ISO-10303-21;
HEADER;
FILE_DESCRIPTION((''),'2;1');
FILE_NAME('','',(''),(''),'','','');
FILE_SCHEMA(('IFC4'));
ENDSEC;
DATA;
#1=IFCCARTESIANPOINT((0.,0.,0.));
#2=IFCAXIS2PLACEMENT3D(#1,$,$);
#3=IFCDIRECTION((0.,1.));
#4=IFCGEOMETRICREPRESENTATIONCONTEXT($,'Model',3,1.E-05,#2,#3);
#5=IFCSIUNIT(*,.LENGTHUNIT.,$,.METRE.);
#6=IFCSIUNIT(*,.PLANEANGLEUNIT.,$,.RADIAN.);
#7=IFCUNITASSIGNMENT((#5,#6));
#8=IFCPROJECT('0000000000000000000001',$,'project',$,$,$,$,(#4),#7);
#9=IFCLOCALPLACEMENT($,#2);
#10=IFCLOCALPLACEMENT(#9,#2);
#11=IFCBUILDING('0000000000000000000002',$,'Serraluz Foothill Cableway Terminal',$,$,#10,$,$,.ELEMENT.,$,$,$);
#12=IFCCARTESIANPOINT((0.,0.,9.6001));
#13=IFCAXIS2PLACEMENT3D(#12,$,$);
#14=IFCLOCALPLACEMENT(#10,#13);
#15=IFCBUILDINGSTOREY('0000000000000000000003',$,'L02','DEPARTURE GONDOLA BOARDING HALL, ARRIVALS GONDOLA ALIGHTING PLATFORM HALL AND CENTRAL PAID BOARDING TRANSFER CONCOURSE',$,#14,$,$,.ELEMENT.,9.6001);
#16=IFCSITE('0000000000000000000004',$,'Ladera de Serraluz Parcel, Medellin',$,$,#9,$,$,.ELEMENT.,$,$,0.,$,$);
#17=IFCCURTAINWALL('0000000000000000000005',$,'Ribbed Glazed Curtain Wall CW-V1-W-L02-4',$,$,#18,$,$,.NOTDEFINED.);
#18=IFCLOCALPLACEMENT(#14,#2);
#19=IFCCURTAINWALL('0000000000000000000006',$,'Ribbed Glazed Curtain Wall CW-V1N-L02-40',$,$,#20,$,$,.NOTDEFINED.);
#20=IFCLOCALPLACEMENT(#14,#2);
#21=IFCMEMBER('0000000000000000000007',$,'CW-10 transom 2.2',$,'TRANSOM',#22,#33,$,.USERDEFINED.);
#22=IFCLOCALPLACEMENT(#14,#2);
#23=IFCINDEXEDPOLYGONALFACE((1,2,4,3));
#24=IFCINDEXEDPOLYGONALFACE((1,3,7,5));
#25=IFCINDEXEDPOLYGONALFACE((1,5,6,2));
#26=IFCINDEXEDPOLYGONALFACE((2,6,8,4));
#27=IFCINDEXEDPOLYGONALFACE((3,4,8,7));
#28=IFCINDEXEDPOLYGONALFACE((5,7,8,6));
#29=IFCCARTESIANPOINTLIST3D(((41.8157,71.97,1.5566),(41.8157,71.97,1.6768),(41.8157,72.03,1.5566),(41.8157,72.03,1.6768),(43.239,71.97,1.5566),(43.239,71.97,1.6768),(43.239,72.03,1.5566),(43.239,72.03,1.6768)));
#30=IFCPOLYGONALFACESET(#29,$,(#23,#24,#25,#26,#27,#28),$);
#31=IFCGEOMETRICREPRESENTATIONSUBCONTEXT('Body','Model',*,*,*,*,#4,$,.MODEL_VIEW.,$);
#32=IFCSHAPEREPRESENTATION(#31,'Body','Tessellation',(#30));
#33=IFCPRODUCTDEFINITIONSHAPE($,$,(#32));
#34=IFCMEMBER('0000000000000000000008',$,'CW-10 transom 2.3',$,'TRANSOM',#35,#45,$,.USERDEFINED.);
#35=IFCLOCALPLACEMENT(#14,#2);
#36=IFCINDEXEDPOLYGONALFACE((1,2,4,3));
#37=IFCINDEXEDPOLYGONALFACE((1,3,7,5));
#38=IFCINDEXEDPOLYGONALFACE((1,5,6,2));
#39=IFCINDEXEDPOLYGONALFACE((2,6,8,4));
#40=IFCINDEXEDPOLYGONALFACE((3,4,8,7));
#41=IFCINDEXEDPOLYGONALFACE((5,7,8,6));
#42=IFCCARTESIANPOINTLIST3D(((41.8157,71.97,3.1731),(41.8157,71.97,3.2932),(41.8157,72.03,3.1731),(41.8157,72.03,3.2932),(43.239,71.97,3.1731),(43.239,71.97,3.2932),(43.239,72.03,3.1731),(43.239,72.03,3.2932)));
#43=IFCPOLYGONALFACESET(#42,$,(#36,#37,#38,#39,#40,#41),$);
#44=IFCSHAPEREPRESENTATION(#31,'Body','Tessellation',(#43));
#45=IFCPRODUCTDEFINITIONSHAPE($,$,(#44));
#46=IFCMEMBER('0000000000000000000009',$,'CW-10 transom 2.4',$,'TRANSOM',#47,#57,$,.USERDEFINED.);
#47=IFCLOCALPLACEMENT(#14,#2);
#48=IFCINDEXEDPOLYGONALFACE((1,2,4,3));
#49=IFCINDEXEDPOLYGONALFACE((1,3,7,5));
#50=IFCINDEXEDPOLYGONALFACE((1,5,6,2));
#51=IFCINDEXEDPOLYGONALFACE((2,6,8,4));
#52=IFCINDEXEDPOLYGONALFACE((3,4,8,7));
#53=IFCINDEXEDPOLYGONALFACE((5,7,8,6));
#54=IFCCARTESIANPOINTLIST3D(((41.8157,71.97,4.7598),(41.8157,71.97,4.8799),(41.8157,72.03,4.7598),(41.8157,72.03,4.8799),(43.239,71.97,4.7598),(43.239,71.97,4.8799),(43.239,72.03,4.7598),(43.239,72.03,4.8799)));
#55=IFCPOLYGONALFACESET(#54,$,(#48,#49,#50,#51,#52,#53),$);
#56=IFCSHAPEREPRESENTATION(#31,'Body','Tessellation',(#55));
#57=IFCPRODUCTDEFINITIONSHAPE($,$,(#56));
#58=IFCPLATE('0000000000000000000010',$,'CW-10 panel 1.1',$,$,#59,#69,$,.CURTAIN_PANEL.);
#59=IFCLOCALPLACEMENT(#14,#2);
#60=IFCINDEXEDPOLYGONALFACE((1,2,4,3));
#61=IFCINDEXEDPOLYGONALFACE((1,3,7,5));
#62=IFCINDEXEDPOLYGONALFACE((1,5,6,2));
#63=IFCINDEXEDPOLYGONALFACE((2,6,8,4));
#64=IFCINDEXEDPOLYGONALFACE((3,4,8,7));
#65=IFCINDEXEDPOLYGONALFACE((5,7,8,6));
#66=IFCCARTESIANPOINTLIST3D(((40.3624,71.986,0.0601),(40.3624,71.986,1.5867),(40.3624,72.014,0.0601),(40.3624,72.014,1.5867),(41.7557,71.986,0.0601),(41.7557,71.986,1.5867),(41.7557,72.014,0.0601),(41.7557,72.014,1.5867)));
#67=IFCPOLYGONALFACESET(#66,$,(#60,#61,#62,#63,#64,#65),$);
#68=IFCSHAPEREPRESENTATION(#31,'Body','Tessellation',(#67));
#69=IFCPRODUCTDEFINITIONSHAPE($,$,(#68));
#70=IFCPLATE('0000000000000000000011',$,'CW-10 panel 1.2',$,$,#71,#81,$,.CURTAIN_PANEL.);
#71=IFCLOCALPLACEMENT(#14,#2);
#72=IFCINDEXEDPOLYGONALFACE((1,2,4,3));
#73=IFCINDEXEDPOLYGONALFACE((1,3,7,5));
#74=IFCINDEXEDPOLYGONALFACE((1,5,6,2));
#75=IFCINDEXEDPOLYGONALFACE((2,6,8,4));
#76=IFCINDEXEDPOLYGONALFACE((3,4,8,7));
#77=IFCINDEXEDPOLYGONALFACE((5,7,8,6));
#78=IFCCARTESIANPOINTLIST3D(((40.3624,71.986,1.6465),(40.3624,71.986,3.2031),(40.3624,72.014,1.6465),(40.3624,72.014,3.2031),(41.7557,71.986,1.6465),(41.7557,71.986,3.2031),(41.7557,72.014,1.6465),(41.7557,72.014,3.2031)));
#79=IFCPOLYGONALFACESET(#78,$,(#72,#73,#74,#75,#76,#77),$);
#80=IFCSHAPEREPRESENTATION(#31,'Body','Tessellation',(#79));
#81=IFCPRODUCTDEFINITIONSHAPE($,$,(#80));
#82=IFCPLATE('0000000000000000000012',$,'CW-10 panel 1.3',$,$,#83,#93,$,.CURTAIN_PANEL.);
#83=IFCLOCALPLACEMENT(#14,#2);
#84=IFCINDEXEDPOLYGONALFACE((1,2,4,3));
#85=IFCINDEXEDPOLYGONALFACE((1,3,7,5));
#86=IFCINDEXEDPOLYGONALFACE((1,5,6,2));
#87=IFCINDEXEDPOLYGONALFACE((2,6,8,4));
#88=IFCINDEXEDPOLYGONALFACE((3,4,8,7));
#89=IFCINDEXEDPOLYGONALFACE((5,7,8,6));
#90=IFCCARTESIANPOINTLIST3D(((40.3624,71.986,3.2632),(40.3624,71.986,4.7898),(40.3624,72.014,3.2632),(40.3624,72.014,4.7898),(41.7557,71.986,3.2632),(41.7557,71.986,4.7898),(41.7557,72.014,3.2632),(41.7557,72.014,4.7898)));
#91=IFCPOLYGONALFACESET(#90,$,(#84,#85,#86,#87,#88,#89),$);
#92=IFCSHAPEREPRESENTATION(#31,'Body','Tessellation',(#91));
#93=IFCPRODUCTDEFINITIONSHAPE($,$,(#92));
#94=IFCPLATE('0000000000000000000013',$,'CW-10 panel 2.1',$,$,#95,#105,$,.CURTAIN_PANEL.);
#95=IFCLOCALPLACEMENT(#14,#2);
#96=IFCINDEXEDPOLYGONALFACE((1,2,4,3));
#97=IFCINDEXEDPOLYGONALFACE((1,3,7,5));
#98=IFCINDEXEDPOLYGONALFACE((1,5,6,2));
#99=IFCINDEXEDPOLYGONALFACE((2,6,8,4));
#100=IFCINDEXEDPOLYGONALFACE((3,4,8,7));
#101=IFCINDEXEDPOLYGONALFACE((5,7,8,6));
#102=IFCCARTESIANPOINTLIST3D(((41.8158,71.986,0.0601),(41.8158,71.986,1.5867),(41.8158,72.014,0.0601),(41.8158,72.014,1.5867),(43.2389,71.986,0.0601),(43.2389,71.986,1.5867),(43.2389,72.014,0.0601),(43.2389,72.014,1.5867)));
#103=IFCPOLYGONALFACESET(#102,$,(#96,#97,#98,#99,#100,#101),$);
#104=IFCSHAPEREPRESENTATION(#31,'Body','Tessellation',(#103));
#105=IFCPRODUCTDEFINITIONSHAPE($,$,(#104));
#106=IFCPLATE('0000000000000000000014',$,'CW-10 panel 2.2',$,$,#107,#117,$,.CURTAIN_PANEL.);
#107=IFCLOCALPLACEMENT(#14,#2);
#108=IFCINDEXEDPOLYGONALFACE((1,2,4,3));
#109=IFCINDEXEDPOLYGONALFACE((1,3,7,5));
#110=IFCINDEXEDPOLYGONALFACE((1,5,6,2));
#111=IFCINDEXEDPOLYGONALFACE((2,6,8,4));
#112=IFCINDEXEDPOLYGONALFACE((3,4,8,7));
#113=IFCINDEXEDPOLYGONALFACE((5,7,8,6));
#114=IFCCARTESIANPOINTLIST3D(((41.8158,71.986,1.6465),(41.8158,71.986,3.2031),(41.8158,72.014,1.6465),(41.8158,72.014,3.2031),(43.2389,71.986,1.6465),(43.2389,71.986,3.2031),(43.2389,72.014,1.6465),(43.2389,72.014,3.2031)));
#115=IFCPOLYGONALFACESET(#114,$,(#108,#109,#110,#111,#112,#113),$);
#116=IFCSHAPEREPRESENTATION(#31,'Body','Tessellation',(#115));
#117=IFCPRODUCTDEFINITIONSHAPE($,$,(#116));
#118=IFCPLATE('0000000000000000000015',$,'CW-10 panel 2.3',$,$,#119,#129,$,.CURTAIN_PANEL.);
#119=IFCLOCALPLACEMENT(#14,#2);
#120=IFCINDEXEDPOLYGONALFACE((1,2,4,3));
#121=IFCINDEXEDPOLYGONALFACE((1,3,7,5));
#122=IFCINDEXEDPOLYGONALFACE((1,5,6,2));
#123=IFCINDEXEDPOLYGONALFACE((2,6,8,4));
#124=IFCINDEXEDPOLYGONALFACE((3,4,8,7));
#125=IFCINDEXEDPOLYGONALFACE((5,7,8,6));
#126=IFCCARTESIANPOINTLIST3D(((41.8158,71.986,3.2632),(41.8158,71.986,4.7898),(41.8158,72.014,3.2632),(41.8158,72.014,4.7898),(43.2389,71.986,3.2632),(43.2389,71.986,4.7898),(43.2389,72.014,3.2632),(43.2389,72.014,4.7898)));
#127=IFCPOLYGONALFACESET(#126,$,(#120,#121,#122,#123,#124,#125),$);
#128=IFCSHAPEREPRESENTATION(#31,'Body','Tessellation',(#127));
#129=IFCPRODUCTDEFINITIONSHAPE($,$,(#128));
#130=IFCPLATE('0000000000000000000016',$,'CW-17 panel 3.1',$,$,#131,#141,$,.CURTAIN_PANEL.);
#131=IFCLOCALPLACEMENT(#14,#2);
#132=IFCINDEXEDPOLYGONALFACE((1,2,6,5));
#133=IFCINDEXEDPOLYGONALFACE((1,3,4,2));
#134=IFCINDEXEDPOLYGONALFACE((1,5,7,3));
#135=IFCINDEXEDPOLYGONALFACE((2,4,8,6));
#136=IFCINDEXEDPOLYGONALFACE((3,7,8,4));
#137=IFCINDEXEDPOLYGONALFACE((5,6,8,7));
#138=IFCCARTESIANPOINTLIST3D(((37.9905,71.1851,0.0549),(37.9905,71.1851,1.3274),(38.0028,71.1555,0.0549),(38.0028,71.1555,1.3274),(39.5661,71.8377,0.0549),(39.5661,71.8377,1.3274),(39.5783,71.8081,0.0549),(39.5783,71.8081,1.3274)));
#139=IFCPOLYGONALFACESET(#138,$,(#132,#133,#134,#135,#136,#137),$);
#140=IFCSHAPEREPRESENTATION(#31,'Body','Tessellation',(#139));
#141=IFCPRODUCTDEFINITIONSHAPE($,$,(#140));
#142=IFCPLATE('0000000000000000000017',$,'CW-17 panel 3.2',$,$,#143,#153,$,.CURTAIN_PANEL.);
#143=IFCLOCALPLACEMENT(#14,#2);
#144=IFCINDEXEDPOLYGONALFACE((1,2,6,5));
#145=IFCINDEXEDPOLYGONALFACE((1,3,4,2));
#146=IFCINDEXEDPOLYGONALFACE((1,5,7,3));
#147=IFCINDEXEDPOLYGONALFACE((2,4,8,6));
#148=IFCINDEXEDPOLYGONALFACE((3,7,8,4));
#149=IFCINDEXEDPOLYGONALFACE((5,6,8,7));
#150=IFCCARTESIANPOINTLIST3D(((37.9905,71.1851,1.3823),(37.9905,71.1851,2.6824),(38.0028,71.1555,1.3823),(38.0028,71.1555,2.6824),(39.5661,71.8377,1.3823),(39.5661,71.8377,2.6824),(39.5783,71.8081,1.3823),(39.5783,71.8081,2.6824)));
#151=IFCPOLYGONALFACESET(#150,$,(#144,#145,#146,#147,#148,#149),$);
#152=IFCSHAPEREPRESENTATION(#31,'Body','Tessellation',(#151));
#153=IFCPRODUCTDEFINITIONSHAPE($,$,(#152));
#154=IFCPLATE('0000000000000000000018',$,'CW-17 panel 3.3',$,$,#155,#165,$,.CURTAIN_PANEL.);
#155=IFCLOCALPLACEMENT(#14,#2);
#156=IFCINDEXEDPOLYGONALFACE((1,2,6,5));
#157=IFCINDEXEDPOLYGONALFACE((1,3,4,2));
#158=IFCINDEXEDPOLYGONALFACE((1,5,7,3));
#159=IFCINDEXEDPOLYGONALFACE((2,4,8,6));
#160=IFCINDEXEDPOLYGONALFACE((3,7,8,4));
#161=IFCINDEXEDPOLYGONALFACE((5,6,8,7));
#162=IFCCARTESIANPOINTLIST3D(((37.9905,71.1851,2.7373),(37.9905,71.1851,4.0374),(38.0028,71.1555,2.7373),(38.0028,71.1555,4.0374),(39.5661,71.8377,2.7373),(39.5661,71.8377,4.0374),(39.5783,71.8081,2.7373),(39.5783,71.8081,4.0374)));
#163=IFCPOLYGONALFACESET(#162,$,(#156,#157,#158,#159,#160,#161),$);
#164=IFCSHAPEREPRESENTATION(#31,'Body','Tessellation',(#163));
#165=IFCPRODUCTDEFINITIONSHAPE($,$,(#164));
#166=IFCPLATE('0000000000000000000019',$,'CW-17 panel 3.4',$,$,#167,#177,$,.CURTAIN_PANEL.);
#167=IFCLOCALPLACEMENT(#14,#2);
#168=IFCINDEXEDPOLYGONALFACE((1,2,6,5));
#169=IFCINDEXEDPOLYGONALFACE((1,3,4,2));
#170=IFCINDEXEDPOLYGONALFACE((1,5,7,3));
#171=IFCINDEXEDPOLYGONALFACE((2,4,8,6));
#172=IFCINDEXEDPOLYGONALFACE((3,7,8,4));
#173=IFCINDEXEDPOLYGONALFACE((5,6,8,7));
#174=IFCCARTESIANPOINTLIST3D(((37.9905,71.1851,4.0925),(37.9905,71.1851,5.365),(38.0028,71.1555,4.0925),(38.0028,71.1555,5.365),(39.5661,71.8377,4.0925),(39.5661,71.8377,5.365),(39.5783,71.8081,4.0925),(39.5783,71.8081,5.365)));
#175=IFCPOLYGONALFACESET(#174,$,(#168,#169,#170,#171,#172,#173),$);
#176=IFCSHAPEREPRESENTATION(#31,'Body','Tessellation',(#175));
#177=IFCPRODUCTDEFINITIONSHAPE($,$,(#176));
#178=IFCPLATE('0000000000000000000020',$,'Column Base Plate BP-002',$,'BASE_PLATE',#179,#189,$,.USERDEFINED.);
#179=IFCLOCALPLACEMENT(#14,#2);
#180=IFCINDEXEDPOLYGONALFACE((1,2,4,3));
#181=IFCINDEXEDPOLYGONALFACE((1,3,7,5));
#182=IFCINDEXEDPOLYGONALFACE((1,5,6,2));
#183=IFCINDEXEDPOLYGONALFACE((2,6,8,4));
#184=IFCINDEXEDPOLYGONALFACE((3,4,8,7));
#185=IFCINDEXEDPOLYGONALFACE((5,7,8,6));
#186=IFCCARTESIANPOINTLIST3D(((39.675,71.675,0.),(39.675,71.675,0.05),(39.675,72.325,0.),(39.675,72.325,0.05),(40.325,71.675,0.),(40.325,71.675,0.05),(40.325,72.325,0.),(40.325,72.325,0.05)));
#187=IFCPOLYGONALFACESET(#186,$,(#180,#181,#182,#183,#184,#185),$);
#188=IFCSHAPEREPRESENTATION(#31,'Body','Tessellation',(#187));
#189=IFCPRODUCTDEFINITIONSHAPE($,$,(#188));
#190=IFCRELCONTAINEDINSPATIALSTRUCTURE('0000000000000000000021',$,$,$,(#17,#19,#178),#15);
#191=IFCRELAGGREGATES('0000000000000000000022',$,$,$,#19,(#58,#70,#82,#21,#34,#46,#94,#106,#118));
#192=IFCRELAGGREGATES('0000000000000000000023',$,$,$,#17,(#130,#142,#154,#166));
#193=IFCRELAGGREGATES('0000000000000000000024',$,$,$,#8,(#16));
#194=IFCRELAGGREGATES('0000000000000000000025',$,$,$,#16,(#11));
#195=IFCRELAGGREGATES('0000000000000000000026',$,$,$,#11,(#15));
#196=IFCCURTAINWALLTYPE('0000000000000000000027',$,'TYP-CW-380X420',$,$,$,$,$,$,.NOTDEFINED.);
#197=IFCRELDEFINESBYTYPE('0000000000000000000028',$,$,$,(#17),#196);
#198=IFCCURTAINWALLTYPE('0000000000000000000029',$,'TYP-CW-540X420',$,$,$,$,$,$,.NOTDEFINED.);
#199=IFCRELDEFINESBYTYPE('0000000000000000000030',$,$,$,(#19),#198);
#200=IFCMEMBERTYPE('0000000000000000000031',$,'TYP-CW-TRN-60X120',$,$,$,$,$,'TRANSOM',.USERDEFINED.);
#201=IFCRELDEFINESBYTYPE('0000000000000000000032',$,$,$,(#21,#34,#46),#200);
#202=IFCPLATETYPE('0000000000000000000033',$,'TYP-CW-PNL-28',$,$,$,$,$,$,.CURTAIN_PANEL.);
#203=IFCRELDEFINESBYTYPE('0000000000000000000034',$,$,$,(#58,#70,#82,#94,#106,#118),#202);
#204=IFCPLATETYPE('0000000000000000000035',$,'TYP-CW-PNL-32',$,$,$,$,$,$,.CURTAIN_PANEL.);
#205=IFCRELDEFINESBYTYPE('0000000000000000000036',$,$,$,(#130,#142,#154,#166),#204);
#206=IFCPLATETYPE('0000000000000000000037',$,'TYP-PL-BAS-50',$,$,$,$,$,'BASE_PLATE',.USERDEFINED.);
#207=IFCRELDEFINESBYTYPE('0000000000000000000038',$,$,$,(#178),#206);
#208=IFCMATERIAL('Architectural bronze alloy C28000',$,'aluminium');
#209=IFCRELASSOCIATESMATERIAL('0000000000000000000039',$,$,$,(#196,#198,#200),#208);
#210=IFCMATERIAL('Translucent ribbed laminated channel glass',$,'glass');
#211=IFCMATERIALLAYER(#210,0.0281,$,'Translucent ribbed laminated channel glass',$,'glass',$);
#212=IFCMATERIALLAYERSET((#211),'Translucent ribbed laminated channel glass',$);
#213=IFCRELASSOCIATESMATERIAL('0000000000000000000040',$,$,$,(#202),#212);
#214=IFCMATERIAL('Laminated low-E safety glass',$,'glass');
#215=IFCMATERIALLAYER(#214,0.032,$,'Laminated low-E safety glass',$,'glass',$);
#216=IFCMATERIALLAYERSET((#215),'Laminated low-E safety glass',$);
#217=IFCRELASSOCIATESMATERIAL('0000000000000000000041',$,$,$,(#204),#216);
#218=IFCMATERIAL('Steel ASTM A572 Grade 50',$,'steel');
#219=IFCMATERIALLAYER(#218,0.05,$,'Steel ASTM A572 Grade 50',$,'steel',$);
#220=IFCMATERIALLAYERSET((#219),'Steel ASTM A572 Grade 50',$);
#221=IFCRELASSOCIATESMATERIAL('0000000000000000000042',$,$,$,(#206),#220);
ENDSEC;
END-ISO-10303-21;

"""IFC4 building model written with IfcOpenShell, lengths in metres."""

from ifc_helpers import new_model, si_unit, direction, frame, origin, origin_2d, place, context, subcontext, project, spatial, rectangle, extrude, material, layer, layer_set, material_profile, profile_set, type_object, element, aggregate, save


model = new_model("IFC4")

# Units and contexts
model_context = context("Model", 3, precision=1e-05, world=origin(), true_north=direction((0.0, 1.0)))
body_context = subcontext(model_context, "Body", "Model", "MODEL_VIEW")
ifc_project = project(units=[si_unit("LENGTHUNIT", "METRE"), si_unit("PLANEANGLEUNIT", "RADIAN")], contexts=[model_context])

# Site, building, storey
site_placement = place(None, origin())
site = spatial("IfcSite", under=ifc_project, at=site_placement, Name="Ladera de Serraluz Parcel, Medellin", CompositionType="ELEMENT", RefElevation=0.0)
building_placement = place(site_placement, origin())
building = spatial("IfcBuilding", under=site, at=building_placement, Name="Serraluz Foothill Cableway Terminal", CompositionType="ELEMENT")
storey_placement = place(building_placement, frame((0.0, 0.0, 9.6001)))
storey = spatial("IfcBuildingStorey", under=building, at=storey_placement, Name="L02", Description="DEPARTURE GONDOLA BOARDING HALL, ARRIVALS GONDOLA ALIGHTING PLATFORM HALL AND CENTRAL PAID BOARDING TRANSFER CONCOURSE", CompositionType="ELEMENT", Elevation=9.6001)

# Curtain wall
ifc_material_1 = material(Name="Architectural bronze alloy C28000", Category="aluminium")
curtain_wall_type_1 = type_object("IfcCurtainWallType", Name="TYP-CW-380X420", PredefinedType="NOTDEFINED", material=ifc_material_1)
curtain_wall_1_placement = place(storey_placement, origin())
curtain_wall_1 = element("IfcCurtainWall", 1, at=curtain_wall_1_placement, inside=storey, type_object=curtain_wall_type_1, Name="Ribbed Glazed Curtain Wall CW-V1-W-L02-4", PredefinedType="NOTDEFINED")

# Curtain wall
curtain_wall_type_2 = type_object("IfcCurtainWallType", Name="TYP-CW-540X420", PredefinedType="NOTDEFINED", material=ifc_material_1)
curtain_wall_2_placement = place(storey_placement, origin())
curtain_wall_2 = element("IfcCurtainWall", 2, at=curtain_wall_2_placement, inside=storey, type_object=curtain_wall_type_2, Name="Ribbed Glazed Curtain Wall CW-V1N-L02-40", PredefinedType="NOTDEFINED")

# Members
ifc_material_profile_1 = material_profile(ifc_material_1, rectangle(XDim=0.0601, YDim=0.1201, at=origin_2d()), Name="ALU TRANSOM 60x120")
ifc_profile_set_1 = profile_set([ifc_material_profile_1], Name="Architectural bronze alloy C28000")
member_type_1 = type_object("IfcMemberType", Name="TYP-CW-TRN-60X120", ElementType="TRANSOM", PredefinedType="USERDEFINED", material=ifc_profile_set_1)
member_1_placement = place(storey_placement, frame((41.8157, 72.0, 1.6167), z_axis=(1.0, 0.0, 0.0), x_axis=(0.0, 1.0, 0.0)))
member_1 = element("IfcMember", 3, at=member_1_placement, type_object=member_type_1, Name="CW-10 transom 2.2", ObjectType="TRANSOM", PredefinedType="USERDEFINED", context=body_context, shape_type="SweptSolid", body=[
    extrude(rectangle(XDim=0.0601, YDim=0.1201, at=origin_2d()), origin(), (0.0, 0.0, 1.0), 1.4233),
])
member_2_placement = place(storey_placement, frame((41.8157, 72.0, 3.2332), z_axis=(1.0, 0.0, 0.0), x_axis=(0.0, 1.0, 0.0)))
member_2 = element("IfcMember", 4, at=member_2_placement, type_object=member_type_1, Name="CW-10 transom 2.3", ObjectType="TRANSOM", PredefinedType="USERDEFINED", context=body_context, shape_type="SweptSolid", body=[
    extrude(rectangle(XDim=0.0601, YDim=0.1201, at=origin_2d()), origin(), (0.0, 0.0, 1.0), 1.4233),
])
member_3_placement = place(storey_placement, frame((41.8157, 72.0, 4.8198), z_axis=(1.0, 0.0, 0.0), x_axis=(0.0, 1.0, 0.0)))
member_3 = element("IfcMember", 5, at=member_3_placement, type_object=member_type_1, Name="CW-10 transom 2.4", ObjectType="TRANSOM", PredefinedType="USERDEFINED", context=body_context, shape_type="SweptSolid", body=[
    extrude(rectangle(XDim=0.0601, YDim=0.1201, at=origin_2d()), origin(), (0.0, 0.0, 1.0), 1.4233),
])

# Plates
ifc_material_2 = material(Name="Translucent ribbed laminated channel glass", Category="glass")
ifc_layer_1 = layer(ifc_material_2, 0.0281, Name="Translucent ribbed laminated channel glass", Category="glass")
ifc_layer_set_1 = layer_set([ifc_layer_1], Name="Translucent ribbed laminated channel glass")
plate_type_1 = type_object("IfcPlateType", Name="TYP-CW-PNL-28", PredefinedType="CURTAIN_PANEL", material=ifc_layer_set_1)
plate_1_placement = place(storey_placement, frame((41.0591, 72.0, 0.0601), z_axis=(0.0, 0.0, 1.0), x_axis=(1.0, 0.0, 0.0)))
plate_1 = element("IfcPlate", 6, at=plate_1_placement, type_object=plate_type_1, Name="CW-10 panel 1.1", PredefinedType="CURTAIN_PANEL", context=body_context, shape_type="SweptSolid", body=[
    extrude(rectangle(XDim=1.3933, YDim=0.0281, at=origin_2d()), origin(), (0.0, 0.0, 1.0), 1.5266),
])
plate_2_placement = place(storey_placement, frame((41.0591, 72.0, 1.6465), z_axis=(0.0, 0.0, 1.0), x_axis=(1.0, 0.0, 0.0)))
plate_2 = element("IfcPlate", 7, at=plate_2_placement, type_object=plate_type_1, Name="CW-10 panel 1.2", PredefinedType="CURTAIN_PANEL", context=body_context, shape_type="SweptSolid", body=[
    extrude(rectangle(XDim=1.3933, YDim=0.0281, at=origin_2d()), origin(), (0.0, 0.0, 1.0), 1.5566),
])
plate_3_placement = place(storey_placement, frame((41.0591, 72.0, 3.2632), z_axis=(0.0, 0.0, 1.0), x_axis=(1.0, 0.0, 0.0)))
plate_3 = element("IfcPlate", 8, at=plate_3_placement, type_object=plate_type_1, Name="CW-10 panel 1.3", PredefinedType="CURTAIN_PANEL", context=body_context, shape_type="SweptSolid", body=[
    extrude(rectangle(XDim=1.3933, YDim=0.0281, at=origin_2d()), origin(), (0.0, 0.0, 1.0), 1.5266),
])
plate_4_placement = place(storey_placement, frame((42.5273, 72.0, 0.0601), z_axis=(0.0, 0.0, 1.0), x_axis=(1.0, 0.0, 0.0)))
plate_4 = element("IfcPlate", 9, at=plate_4_placement, type_object=plate_type_1, Name="CW-10 panel 2.1", PredefinedType="CURTAIN_PANEL", context=body_context, shape_type="SweptSolid", body=[
    extrude(rectangle(XDim=1.4231, YDim=0.0281, at=origin_2d()), origin(), (0.0, 0.0, 1.0), 1.5266),
])
plate_5_placement = place(storey_placement, frame((42.5273, 72.0, 1.6465), z_axis=(0.0, 0.0, 1.0), x_axis=(1.0, 0.0, 0.0)))
plate_5 = element("IfcPlate", 10, at=plate_5_placement, type_object=plate_type_1, Name="CW-10 panel 2.2", PredefinedType="CURTAIN_PANEL", context=body_context, shape_type="SweptSolid", body=[
    extrude(rectangle(XDim=1.4231, YDim=0.0281, at=origin_2d()), origin(), (0.0, 0.0, 1.0), 1.5566),
])
plate_6_placement = place(storey_placement, frame((42.5273, 72.0, 3.2632), z_axis=(0.0, 0.0, 1.0), x_axis=(1.0, 0.0, 0.0)))
plate_6 = element("IfcPlate", 11, at=plate_6_placement, type_object=plate_type_1, Name="CW-10 panel 2.3", PredefinedType="CURTAIN_PANEL", context=body_context, shape_type="SweptSolid", body=[
    extrude(rectangle(XDim=1.4231, YDim=0.0281, at=origin_2d()), origin(), (0.0, 0.0, 1.0), 1.5266),
])
aggregate(curtain_wall_2, [plate_1, plate_2, plate_3, member_1, member_2, member_3, plate_4, plate_5, plate_6])
ifc_material_3 = material(Name="Laminated low-E safety glass", Category="glass")
ifc_layer_2 = layer(ifc_material_3, 0.032, Name="Laminated low-E safety glass", Category="glass")
ifc_layer_set_2 = layer_set([ifc_layer_2], Name="Laminated low-E safety glass")
plate_type_2 = type_object("IfcPlateType", Name="TYP-CW-PNL-32", PredefinedType="CURTAIN_PANEL", material=ifc_layer_set_2)
plate_7_placement = place(storey_placement, frame((38.7844, 71.4966, 0.0549), z_axis=(0.0, 0.0, 1.0), x_axis=(0.92388, 0.382682, 0.0)))
plate_7 = element("IfcPlate", 12, at=plate_7_placement, type_object=plate_type_2, Name="CW-17 panel 3.1", PredefinedType="CURTAIN_PANEL", context=body_context, shape_type="SweptSolid", body=[
    extrude(rectangle(XDim=1.7053, YDim=0.032, at=origin_2d()), origin(), (0.0, 0.0, 1.0), 1.2725),
])
plate_8_placement = place(storey_placement, frame((38.7844, 71.4966, 1.3823), z_axis=(0.0, 0.0, 1.0), x_axis=(0.92388, 0.382682, 0.0)))
plate_8 = element("IfcPlate", 13, at=plate_8_placement, type_object=plate_type_2, Name="CW-17 panel 3.2", PredefinedType="CURTAIN_PANEL", context=body_context, shape_type="SweptSolid", body=[
    extrude(rectangle(XDim=1.7053, YDim=0.032, at=origin_2d()), origin(), (0.0, 0.0, 1.0), 1.3),
])
plate_9_placement = place(storey_placement, frame((38.7844, 71.4966, 2.7373), z_axis=(0.0, 0.0, 1.0), x_axis=(0.92388, 0.382682, 0.0)))
plate_9 = element("IfcPlate", 14, at=plate_9_placement, type_object=plate_type_2, Name="CW-17 panel 3.3", PredefinedType="CURTAIN_PANEL", context=body_context, shape_type="SweptSolid", body=[
    extrude(rectangle(XDim=1.7053, YDim=0.032, at=origin_2d()), origin(), (0.0, 0.0, 1.0), 1.3),
])
plate_10_placement = place(storey_placement, frame((38.7844, 71.4966, 4.0925), z_axis=(0.0, 0.0, 1.0), x_axis=(0.92388, 0.382682, 0.0)))
plate_10 = element("IfcPlate", 15, at=plate_10_placement, type_object=plate_type_2, Name="CW-17 panel 3.4", PredefinedType="CURTAIN_PANEL", context=body_context, shape_type="SweptSolid", body=[
    extrude(rectangle(XDim=1.7053, YDim=0.032, at=origin_2d()), origin(), (0.0, 0.0, 1.0), 1.2725),
])
aggregate(curtain_wall_1, [plate_7, plate_8, plate_9, plate_10])
ifc_material_4 = material(Name="Steel ASTM A572 Grade 50", Category="steel")
ifc_layer_3 = layer(ifc_material_4, 0.05, Name="Steel ASTM A572 Grade 50", Category="steel")
ifc_layer_set_3 = layer_set([ifc_layer_3], Name="Steel ASTM A572 Grade 50")
plate_type_3 = type_object("IfcPlateType", Name="TYP-PL-BAS-50", ElementType="BASE_PLATE", PredefinedType="USERDEFINED", material=ifc_layer_set_3)
plate_11_placement = place(storey_placement, frame((40.0, 72.0, 0.0), z_axis=(0.0, 0.0, 1.0), x_axis=(1.0, 0.0, 0.0)))
element("IfcPlate", 16, at=plate_11_placement, inside=storey, type_object=plate_type_3, Name="Column Base Plate BP-002", ObjectType="BASE_PLATE", PredefinedType="USERDEFINED", context=body_context, shape_type="SweptSolid", body=[
    extrude(rectangle(XDim=0.6499, YDim=0.6499, at=origin_2d()), origin(), (0.0, 0.0, 1.0), 0.05),
])

save(model, "model.ifc")
